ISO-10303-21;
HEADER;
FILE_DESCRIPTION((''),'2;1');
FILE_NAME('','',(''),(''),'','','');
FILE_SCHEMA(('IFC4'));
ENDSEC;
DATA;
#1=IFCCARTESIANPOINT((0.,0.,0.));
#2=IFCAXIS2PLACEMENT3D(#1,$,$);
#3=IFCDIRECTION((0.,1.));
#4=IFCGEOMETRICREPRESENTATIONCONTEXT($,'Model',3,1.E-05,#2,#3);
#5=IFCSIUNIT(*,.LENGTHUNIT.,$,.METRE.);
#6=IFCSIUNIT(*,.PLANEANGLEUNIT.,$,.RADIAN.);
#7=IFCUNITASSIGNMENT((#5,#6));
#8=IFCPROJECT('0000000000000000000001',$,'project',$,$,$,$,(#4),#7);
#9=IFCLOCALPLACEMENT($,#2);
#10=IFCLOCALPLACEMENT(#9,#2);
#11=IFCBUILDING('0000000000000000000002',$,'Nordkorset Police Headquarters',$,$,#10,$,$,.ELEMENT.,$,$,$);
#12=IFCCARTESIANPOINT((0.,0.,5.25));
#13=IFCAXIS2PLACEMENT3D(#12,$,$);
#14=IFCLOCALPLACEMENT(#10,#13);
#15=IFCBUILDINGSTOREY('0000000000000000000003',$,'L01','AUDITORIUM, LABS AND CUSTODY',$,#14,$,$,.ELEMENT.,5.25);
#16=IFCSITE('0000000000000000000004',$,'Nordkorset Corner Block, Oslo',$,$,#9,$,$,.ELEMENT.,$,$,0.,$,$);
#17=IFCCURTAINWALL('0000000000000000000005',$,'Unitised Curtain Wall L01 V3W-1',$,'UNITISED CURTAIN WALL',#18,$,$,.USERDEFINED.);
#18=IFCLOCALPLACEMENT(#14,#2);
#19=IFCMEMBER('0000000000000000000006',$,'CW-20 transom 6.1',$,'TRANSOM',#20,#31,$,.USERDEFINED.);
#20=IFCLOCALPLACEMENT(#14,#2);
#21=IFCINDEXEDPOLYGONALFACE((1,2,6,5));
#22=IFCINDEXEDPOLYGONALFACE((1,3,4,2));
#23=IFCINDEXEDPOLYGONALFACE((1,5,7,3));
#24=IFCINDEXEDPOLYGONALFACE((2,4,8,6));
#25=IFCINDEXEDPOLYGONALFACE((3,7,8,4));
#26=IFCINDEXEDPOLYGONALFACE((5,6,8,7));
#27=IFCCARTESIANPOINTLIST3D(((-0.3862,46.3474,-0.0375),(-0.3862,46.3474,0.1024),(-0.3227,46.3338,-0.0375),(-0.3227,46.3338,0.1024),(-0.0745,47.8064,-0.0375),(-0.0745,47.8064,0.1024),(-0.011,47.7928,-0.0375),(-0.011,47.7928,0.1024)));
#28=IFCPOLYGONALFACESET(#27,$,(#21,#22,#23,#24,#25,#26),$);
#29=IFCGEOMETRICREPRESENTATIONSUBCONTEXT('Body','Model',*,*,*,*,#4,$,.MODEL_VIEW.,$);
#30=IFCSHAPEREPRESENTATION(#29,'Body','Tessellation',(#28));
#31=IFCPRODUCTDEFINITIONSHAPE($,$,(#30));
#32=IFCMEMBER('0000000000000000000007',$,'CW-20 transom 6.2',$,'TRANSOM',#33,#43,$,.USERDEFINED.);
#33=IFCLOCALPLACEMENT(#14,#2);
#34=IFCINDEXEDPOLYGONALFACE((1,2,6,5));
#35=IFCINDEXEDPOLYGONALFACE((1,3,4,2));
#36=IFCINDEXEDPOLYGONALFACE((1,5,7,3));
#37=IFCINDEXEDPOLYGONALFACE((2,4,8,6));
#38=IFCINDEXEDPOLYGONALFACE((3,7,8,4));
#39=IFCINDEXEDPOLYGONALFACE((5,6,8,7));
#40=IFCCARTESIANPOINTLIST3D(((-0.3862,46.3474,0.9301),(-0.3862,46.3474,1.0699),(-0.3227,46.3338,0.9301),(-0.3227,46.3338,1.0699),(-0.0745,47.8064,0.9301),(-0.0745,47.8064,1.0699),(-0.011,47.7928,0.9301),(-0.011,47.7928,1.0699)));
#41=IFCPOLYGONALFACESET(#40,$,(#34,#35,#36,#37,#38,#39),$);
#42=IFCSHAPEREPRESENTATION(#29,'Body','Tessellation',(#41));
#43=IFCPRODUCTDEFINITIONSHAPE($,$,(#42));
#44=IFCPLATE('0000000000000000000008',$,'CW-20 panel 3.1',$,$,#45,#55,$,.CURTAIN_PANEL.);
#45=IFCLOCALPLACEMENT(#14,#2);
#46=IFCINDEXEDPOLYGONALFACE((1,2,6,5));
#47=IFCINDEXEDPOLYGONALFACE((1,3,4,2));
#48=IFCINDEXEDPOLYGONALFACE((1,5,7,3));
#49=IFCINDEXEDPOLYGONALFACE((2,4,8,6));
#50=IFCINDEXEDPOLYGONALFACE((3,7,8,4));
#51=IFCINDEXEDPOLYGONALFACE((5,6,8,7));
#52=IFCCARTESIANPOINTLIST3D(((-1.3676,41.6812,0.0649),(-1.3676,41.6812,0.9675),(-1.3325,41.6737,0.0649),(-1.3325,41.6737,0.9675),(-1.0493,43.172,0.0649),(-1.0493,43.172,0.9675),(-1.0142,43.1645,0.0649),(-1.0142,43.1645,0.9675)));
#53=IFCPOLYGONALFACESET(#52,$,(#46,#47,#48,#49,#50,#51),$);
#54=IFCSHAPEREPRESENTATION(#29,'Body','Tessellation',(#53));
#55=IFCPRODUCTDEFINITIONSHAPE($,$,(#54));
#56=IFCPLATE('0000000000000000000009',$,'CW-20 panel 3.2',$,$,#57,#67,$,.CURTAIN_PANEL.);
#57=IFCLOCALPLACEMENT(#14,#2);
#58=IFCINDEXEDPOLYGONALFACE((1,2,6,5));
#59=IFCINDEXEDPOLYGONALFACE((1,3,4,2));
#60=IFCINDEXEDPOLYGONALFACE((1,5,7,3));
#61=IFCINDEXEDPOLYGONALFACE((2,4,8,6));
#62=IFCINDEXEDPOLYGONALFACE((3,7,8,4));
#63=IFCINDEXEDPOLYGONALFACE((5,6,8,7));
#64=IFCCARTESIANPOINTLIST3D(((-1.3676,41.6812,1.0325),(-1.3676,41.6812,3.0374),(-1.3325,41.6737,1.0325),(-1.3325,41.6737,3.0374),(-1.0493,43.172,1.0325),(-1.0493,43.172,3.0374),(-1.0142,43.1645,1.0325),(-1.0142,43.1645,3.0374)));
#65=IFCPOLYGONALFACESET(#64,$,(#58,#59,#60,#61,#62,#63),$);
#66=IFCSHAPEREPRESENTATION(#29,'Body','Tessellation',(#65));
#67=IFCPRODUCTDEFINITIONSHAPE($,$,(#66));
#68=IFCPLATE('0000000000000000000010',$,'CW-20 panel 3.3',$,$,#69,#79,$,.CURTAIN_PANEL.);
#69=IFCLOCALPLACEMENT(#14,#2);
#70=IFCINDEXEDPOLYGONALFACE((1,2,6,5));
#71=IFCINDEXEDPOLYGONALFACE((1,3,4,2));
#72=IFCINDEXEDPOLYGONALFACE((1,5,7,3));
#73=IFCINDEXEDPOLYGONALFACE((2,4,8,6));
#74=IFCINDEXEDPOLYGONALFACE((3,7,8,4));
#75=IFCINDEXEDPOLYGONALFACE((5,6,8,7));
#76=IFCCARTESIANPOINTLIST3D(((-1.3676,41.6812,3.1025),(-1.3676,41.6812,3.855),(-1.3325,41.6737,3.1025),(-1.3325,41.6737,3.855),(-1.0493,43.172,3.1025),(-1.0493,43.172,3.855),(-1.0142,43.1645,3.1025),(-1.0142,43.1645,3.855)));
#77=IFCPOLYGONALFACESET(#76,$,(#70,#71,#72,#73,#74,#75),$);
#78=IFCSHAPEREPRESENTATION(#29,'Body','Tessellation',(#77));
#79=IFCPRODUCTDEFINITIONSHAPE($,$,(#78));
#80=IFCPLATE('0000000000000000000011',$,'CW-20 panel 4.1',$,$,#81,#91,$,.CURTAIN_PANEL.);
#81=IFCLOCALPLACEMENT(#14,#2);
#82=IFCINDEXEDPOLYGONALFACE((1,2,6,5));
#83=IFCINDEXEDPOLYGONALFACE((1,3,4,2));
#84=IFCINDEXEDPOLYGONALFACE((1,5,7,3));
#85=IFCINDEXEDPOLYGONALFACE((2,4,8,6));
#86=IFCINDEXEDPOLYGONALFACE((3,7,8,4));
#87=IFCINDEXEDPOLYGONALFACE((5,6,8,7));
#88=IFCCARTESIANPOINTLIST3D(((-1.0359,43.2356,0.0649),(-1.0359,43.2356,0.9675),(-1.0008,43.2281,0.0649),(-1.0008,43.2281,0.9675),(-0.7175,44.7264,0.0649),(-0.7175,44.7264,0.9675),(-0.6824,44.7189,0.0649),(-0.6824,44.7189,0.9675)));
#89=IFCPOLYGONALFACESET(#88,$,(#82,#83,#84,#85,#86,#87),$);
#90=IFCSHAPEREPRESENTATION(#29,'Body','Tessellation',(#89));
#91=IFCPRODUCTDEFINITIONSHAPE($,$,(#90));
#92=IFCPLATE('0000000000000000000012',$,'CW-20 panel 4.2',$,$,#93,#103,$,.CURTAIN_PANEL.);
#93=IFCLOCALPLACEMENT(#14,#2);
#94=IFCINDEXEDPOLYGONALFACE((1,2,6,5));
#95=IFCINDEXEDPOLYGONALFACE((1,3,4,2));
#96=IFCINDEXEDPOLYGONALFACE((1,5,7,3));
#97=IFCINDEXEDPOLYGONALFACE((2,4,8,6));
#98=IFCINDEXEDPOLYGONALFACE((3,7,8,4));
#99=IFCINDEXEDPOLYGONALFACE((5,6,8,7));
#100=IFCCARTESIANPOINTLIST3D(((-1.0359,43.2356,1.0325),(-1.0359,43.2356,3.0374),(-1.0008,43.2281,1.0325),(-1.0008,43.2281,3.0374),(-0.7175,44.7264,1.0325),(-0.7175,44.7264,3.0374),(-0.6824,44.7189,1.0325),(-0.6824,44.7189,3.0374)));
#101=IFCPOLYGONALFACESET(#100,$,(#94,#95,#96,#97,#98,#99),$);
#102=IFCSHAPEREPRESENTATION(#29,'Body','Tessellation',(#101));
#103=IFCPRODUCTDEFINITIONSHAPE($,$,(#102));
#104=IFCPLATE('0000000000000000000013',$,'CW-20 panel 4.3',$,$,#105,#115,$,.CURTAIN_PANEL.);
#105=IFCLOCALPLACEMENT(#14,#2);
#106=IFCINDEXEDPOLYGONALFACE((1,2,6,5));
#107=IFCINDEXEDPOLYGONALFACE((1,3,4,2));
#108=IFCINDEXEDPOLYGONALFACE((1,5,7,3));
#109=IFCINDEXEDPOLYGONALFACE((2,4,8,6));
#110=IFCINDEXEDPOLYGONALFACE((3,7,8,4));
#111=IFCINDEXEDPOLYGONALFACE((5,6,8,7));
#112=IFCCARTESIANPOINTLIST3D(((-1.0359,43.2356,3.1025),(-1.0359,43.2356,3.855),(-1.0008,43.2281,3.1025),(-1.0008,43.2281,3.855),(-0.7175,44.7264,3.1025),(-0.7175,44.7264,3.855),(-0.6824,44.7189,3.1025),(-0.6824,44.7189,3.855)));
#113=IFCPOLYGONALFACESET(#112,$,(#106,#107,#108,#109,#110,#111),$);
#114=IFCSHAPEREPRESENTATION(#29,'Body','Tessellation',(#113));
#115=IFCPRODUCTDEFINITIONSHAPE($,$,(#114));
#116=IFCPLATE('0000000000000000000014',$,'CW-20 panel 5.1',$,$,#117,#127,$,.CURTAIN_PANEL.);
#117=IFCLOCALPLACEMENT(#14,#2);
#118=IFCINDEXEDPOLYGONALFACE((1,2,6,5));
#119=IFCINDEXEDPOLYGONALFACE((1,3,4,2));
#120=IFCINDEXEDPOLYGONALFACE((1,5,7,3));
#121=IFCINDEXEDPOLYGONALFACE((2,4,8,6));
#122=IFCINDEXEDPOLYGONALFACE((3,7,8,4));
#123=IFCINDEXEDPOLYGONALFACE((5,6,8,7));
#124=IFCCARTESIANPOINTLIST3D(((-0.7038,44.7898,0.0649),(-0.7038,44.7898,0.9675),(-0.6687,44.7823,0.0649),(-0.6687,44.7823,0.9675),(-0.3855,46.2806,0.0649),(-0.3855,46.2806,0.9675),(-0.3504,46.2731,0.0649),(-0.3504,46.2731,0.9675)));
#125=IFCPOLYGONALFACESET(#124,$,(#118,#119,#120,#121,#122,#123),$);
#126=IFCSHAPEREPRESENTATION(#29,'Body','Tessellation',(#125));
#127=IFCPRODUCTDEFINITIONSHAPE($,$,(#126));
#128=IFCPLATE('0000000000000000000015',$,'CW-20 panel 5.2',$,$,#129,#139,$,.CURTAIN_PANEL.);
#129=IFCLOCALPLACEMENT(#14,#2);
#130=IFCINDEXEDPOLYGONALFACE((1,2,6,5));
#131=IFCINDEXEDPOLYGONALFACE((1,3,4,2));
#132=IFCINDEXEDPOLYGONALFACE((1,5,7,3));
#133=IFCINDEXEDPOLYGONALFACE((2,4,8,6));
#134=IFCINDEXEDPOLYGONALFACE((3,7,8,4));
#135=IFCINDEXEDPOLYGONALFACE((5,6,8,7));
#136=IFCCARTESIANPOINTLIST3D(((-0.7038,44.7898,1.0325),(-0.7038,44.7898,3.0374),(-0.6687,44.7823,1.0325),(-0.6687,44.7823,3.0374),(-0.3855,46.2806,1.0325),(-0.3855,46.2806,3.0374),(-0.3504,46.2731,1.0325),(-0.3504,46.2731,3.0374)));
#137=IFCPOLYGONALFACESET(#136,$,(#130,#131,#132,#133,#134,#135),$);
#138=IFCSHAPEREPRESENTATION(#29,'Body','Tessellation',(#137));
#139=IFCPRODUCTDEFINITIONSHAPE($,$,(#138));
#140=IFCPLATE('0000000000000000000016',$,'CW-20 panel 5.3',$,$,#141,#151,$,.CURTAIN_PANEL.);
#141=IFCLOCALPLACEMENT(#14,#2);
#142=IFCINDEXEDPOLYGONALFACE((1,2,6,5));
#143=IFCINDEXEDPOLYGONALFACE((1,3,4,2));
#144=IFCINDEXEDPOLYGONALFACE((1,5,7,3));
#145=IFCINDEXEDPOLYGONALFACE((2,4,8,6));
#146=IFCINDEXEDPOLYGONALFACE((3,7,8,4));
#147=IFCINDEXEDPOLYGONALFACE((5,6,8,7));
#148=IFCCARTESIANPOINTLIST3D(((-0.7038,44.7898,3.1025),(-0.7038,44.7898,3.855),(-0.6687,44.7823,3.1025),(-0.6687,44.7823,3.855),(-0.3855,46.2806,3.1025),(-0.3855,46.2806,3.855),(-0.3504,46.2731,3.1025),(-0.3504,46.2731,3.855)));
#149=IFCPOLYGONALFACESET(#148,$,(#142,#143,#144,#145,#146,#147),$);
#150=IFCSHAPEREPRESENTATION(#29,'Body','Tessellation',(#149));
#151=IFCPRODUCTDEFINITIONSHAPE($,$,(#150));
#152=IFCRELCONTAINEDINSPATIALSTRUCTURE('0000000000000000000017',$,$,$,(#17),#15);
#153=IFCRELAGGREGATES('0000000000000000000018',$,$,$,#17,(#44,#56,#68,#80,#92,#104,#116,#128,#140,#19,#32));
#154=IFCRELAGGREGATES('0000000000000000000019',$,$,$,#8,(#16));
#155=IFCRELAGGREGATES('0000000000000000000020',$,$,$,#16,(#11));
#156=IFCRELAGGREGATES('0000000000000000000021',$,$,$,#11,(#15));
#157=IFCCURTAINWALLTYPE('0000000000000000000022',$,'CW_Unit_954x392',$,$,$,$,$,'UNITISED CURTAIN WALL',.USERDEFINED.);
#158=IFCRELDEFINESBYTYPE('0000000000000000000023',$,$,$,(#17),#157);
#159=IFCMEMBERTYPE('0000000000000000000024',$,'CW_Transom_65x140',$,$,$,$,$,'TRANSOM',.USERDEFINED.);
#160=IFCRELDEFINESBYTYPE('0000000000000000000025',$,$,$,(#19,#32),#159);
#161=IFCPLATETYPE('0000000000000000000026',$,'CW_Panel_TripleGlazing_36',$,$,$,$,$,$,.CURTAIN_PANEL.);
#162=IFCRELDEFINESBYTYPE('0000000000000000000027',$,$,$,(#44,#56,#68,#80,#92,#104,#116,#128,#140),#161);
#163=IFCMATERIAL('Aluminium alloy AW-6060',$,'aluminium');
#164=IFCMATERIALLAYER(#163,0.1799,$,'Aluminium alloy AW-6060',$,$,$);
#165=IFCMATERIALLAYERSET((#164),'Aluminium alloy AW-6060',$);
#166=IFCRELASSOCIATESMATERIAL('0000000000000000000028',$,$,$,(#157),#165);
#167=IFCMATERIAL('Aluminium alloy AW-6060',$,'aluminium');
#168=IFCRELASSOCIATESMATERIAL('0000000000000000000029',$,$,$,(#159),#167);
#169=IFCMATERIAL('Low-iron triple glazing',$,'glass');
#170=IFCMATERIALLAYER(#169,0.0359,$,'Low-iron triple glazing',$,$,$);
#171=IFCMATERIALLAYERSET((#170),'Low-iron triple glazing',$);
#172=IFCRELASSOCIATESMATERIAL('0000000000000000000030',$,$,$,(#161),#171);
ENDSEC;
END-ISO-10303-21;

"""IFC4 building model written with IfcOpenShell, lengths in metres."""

from ifc_helpers import new_model, si_unit, direction, frame, origin, origin_2d, place, context, subcontext, project, spatial, rectangle, extrude, material, layer, layer_set, material_profile, profile_set, type_object, element, aggregate, save


model = new_model("IFC4")

# Units and contexts
model_context = context("Model", 3, precision=1e-05, world=origin(), true_north=direction((0.0, 1.0)))
body_context = subcontext(model_context, "Body", "Model", "MODEL_VIEW")
ifc_project = project(units=[si_unit("LENGTHUNIT", "METRE"), si_unit("PLANEANGLEUNIT", "RADIAN")], contexts=[model_context])

# Site, building, storey
site_placement = place(None, origin())
site = spatial("IfcSite", under=ifc_project, at=site_placement, Name="Nordkorset Corner Block, Oslo", CompositionType="ELEMENT", RefElevation=0.0)
building_placement = place(site_placement, origin())
building = spatial("IfcBuilding", under=site, at=building_placement, Name="Nordkorset Police Headquarters", CompositionType="ELEMENT")
storey_placement = place(building_placement, frame((0.0, 0.0, 5.25)))
storey = spatial("IfcBuildingStorey", under=building, at=storey_placement, Name="L01", Description="AUDITORIUM, LABS AND CUSTODY", CompositionType="ELEMENT", Elevation=5.25)

# Curtain wall, members, plates
ifc_material_1 = material(Name="Aluminium alloy AW-6060", Category="aluminium")
ifc_layer_1 = layer(ifc_material_1, 0.1799, Name="Aluminium alloy AW-6060")
ifc_layer_set_1 = layer_set([ifc_layer_1], Name="Aluminium alloy AW-6060")
curtain_wall_type = type_object("IfcCurtainWallType", Name="CW_Unit_954x392", ElementType="UNITISED CURTAIN WALL", PredefinedType="USERDEFINED", material=ifc_layer_set_1)
curtain_wall_placement = place(storey_placement, origin())
curtain_wall = element("IfcCurtainWall", 1, at=curtain_wall_placement, inside=storey, type_object=curtain_wall_type, Name="Unitised Curtain Wall L01 V3W-1", ObjectType="UNITISED CURTAIN WALL", PredefinedType="USERDEFINED")
ifc_material_2 = material(Name="Aluminium alloy AW-6060", Category="aluminium")
ifc_material_profile_1 = material_profile(ifc_material_2, rectangle(XDim=0.0649, YDim=0.1399, at=origin_2d()), Name="ALU TRAN 65x140")
ifc_profile_set_1 = profile_set([ifc_material_profile_1], Name="Aluminium alloy AW-6060")
member_type_1 = type_object("IfcMemberType", Name="CW_Transom_65x140", ElementType="TRANSOM", PredefinedType="USERDEFINED", material=ifc_profile_set_1)
member_1_placement = place(storey_placement, frame((-0.3545, 46.3406, 0.0325), z_axis=(0.20897, 0.977922, 0.0), x_axis=(-0.977922, 0.20897, 0.0)))
member_1 = element("IfcMember", 2, at=member_1_placement, type_object=member_type_1, Name="CW-20 transom 6.1", ObjectType="TRANSOM", PredefinedType="USERDEFINED", context=body_context, shape_type="SweptSolid", body=[
    extrude(rectangle(XDim=0.0649, YDim=0.1399, at=origin_2d()), origin(), (0.0, 0.0, 1.0), 1.4919),
])
member_2_placement = place(storey_placement, frame((-0.3545, 46.3406, 1.0), z_axis=(0.20897, 0.977922, 0.0), x_axis=(-0.977922, 0.20897, 0.0)))
member_2 = element("IfcMember", 3, at=member_2_placement, type_object=member_type_1, Name="CW-20 transom 6.2", ObjectType="TRANSOM", PredefinedType="USERDEFINED", context=body_context, shape_type="SweptSolid", body=[
    extrude(rectangle(XDim=0.0649, YDim=0.1399, at=origin_2d()), origin(), (0.0, 0.0, 1.0), 1.4919),
])
ifc_material_3 = material(Name="Low-iron triple glazing", Category="glass")
ifc_layer_2 = layer(ifc_material_3, 0.0359, Name="Low-iron triple glazing")
ifc_layer_set_2 = layer_set([ifc_layer_2], Name="Low-iron triple glazing")
plate_type = type_object("IfcPlateType", Name="CW_Panel_TripleGlazing_36", PredefinedType="CURTAIN_PANEL", material=ifc_layer_set_2)
plate_1_placement = place(storey_placement, frame((-1.1909, 42.4229, 0.0649), z_axis=(0.0, 0.0, 1.0), x_axis=(0.208833, 0.977951, 0.0)))
plate_1 = element("IfcPlate", 4, at=plate_1_placement, type_object=plate_type, Name="CW-20 panel 3.1", PredefinedType="CURTAIN_PANEL", context=body_context, shape_type="SweptSolid", body=[
    extrude(rectangle(XDim=1.5244, YDim=0.0359, at=origin_2d()), origin(), (0.0, 0.0, 1.0), 0.9026),
])
plate_2_placement = place(storey_placement, frame((-1.1909, 42.4229, 1.0325), z_axis=(0.0, 0.0, 1.0), x_axis=(0.208833, 0.977951, 0.0)))
plate_2 = element("IfcPlate", 5, at=plate_2_placement, type_object=plate_type, Name="CW-20 panel 3.2", PredefinedType="CURTAIN_PANEL", context=body_context, shape_type="SweptSolid", body=[
    extrude(rectangle(XDim=1.5244, YDim=0.0359, at=origin_2d()), origin(), (0.0, 0.0, 1.0), 2.0049),
])
plate_3_placement = place(storey_placement, frame((-1.1909, 42.4229, 3.1025), z_axis=(0.0, 0.0, 1.0), x_axis=(0.208833, 0.977951, 0.0)))
plate_3 = element("IfcPlate", 6, at=plate_3_placement, type_object=plate_type, Name="CW-20 panel 3.3", PredefinedType="CURTAIN_PANEL", context=body_context, shape_type="SweptSolid", body=[
    extrude(rectangle(XDim=1.5244, YDim=0.0359, at=origin_2d()), origin(), (0.0, 0.0, 1.0), 0.7524),
])
plate_4_placement = place(storey_placement, frame((-0.8591, 43.9773, 0.0649), z_axis=(0.0, 0.0, 1.0), x_axis=(0.208833, 0.977951, 0.0)))
plate_4 = element("IfcPlate", 7, at=plate_4_placement, type_object=plate_type, Name="CW-20 panel 4.1", PredefinedType="CURTAIN_PANEL", context=body_context, shape_type="SweptSolid", body=[
    extrude(rectangle(XDim=1.5244, YDim=0.0359, at=origin_2d()), origin(), (0.0, 0.0, 1.0), 0.9026),
])
plate_5_placement = place(storey_placement, frame((-0.8591, 43.9773, 1.0325), z_axis=(0.0, 0.0, 1.0), x_axis=(0.208833, 0.977951, 0.0)))
plate_5 = element("IfcPlate", 8, at=plate_5_placement, type_object=plate_type, Name="CW-20 panel 4.2", PredefinedType="CURTAIN_PANEL", context=body_context, shape_type="SweptSolid", body=[
    extrude(rectangle(XDim=1.5244, YDim=0.0359, at=origin_2d()), origin(), (0.0, 0.0, 1.0), 2.0049),
])
plate_6_placement = place(storey_placement, frame((-0.8591, 43.9773, 3.1025), z_axis=(0.0, 0.0, 1.0), x_axis=(0.208833, 0.977951, 0.0)))
plate_6 = element("IfcPlate", 9, at=plate_6_placement, type_object=plate_type, Name="CW-20 panel 4.3", PredefinedType="CURTAIN_PANEL", context=body_context, shape_type="SweptSolid", body=[
    extrude(rectangle(XDim=1.5244, YDim=0.0359, at=origin_2d()), origin(), (0.0, 0.0, 1.0), 0.7524),
])
plate_7_placement = place(storey_placement, frame((-0.5271, 45.5315, 0.0649), z_axis=(0.0, 0.0, 1.0), x_axis=(0.208833, 0.977951, 0.0)))
plate_7 = element("IfcPlate", 10, at=plate_7_placement, type_object=plate_type, Name="CW-20 panel 5.1", PredefinedType="CURTAIN_PANEL", context=body_context, shape_type="SweptSolid", body=[
    extrude(rectangle(XDim=1.5244, YDim=0.0359, at=origin_2d()), origin(), (0.0, 0.0, 1.0), 0.9026),
])
plate_8_placement = place(storey_placement, frame((-0.5271, 45.5315, 1.0325), z_axis=(0.0, 0.0, 1.0), x_axis=(0.208833, 0.977951, 0.0)))
plate_8 = element("IfcPlate", 11, at=plate_8_placement, type_object=plate_type, Name="CW-20 panel 5.2", PredefinedType="CURTAIN_PANEL", context=body_context, shape_type="SweptSolid", body=[
    extrude(rectangle(XDim=1.5244, YDim=0.0359, at=origin_2d()), origin(), (0.0, 0.0, 1.0), 2.0049),
])
plate_9_placement = place(storey_placement, frame((-0.5271, 45.5315, 3.1025), z_axis=(0.0, 0.0, 1.0), x_axis=(0.208833, 0.977951, 0.0)))
plate_9 = element("IfcPlate", 12, at=plate_9_placement, type_object=plate_type, Name="CW-20 panel 5.3", PredefinedType="CURTAIN_PANEL", context=body_context, shape_type="SweptSolid", body=[
    extrude(rectangle(XDim=1.5244, YDim=0.0359, at=origin_2d()), origin(), (0.0, 0.0, 1.0), 0.7524),
])
aggregate(curtain_wall, [plate_1, plate_2, plate_3, plate_4, plate_5, plate_6, plate_7, plate_8, plate_9, member_1, member_2])

save(model, "model.ifc")
